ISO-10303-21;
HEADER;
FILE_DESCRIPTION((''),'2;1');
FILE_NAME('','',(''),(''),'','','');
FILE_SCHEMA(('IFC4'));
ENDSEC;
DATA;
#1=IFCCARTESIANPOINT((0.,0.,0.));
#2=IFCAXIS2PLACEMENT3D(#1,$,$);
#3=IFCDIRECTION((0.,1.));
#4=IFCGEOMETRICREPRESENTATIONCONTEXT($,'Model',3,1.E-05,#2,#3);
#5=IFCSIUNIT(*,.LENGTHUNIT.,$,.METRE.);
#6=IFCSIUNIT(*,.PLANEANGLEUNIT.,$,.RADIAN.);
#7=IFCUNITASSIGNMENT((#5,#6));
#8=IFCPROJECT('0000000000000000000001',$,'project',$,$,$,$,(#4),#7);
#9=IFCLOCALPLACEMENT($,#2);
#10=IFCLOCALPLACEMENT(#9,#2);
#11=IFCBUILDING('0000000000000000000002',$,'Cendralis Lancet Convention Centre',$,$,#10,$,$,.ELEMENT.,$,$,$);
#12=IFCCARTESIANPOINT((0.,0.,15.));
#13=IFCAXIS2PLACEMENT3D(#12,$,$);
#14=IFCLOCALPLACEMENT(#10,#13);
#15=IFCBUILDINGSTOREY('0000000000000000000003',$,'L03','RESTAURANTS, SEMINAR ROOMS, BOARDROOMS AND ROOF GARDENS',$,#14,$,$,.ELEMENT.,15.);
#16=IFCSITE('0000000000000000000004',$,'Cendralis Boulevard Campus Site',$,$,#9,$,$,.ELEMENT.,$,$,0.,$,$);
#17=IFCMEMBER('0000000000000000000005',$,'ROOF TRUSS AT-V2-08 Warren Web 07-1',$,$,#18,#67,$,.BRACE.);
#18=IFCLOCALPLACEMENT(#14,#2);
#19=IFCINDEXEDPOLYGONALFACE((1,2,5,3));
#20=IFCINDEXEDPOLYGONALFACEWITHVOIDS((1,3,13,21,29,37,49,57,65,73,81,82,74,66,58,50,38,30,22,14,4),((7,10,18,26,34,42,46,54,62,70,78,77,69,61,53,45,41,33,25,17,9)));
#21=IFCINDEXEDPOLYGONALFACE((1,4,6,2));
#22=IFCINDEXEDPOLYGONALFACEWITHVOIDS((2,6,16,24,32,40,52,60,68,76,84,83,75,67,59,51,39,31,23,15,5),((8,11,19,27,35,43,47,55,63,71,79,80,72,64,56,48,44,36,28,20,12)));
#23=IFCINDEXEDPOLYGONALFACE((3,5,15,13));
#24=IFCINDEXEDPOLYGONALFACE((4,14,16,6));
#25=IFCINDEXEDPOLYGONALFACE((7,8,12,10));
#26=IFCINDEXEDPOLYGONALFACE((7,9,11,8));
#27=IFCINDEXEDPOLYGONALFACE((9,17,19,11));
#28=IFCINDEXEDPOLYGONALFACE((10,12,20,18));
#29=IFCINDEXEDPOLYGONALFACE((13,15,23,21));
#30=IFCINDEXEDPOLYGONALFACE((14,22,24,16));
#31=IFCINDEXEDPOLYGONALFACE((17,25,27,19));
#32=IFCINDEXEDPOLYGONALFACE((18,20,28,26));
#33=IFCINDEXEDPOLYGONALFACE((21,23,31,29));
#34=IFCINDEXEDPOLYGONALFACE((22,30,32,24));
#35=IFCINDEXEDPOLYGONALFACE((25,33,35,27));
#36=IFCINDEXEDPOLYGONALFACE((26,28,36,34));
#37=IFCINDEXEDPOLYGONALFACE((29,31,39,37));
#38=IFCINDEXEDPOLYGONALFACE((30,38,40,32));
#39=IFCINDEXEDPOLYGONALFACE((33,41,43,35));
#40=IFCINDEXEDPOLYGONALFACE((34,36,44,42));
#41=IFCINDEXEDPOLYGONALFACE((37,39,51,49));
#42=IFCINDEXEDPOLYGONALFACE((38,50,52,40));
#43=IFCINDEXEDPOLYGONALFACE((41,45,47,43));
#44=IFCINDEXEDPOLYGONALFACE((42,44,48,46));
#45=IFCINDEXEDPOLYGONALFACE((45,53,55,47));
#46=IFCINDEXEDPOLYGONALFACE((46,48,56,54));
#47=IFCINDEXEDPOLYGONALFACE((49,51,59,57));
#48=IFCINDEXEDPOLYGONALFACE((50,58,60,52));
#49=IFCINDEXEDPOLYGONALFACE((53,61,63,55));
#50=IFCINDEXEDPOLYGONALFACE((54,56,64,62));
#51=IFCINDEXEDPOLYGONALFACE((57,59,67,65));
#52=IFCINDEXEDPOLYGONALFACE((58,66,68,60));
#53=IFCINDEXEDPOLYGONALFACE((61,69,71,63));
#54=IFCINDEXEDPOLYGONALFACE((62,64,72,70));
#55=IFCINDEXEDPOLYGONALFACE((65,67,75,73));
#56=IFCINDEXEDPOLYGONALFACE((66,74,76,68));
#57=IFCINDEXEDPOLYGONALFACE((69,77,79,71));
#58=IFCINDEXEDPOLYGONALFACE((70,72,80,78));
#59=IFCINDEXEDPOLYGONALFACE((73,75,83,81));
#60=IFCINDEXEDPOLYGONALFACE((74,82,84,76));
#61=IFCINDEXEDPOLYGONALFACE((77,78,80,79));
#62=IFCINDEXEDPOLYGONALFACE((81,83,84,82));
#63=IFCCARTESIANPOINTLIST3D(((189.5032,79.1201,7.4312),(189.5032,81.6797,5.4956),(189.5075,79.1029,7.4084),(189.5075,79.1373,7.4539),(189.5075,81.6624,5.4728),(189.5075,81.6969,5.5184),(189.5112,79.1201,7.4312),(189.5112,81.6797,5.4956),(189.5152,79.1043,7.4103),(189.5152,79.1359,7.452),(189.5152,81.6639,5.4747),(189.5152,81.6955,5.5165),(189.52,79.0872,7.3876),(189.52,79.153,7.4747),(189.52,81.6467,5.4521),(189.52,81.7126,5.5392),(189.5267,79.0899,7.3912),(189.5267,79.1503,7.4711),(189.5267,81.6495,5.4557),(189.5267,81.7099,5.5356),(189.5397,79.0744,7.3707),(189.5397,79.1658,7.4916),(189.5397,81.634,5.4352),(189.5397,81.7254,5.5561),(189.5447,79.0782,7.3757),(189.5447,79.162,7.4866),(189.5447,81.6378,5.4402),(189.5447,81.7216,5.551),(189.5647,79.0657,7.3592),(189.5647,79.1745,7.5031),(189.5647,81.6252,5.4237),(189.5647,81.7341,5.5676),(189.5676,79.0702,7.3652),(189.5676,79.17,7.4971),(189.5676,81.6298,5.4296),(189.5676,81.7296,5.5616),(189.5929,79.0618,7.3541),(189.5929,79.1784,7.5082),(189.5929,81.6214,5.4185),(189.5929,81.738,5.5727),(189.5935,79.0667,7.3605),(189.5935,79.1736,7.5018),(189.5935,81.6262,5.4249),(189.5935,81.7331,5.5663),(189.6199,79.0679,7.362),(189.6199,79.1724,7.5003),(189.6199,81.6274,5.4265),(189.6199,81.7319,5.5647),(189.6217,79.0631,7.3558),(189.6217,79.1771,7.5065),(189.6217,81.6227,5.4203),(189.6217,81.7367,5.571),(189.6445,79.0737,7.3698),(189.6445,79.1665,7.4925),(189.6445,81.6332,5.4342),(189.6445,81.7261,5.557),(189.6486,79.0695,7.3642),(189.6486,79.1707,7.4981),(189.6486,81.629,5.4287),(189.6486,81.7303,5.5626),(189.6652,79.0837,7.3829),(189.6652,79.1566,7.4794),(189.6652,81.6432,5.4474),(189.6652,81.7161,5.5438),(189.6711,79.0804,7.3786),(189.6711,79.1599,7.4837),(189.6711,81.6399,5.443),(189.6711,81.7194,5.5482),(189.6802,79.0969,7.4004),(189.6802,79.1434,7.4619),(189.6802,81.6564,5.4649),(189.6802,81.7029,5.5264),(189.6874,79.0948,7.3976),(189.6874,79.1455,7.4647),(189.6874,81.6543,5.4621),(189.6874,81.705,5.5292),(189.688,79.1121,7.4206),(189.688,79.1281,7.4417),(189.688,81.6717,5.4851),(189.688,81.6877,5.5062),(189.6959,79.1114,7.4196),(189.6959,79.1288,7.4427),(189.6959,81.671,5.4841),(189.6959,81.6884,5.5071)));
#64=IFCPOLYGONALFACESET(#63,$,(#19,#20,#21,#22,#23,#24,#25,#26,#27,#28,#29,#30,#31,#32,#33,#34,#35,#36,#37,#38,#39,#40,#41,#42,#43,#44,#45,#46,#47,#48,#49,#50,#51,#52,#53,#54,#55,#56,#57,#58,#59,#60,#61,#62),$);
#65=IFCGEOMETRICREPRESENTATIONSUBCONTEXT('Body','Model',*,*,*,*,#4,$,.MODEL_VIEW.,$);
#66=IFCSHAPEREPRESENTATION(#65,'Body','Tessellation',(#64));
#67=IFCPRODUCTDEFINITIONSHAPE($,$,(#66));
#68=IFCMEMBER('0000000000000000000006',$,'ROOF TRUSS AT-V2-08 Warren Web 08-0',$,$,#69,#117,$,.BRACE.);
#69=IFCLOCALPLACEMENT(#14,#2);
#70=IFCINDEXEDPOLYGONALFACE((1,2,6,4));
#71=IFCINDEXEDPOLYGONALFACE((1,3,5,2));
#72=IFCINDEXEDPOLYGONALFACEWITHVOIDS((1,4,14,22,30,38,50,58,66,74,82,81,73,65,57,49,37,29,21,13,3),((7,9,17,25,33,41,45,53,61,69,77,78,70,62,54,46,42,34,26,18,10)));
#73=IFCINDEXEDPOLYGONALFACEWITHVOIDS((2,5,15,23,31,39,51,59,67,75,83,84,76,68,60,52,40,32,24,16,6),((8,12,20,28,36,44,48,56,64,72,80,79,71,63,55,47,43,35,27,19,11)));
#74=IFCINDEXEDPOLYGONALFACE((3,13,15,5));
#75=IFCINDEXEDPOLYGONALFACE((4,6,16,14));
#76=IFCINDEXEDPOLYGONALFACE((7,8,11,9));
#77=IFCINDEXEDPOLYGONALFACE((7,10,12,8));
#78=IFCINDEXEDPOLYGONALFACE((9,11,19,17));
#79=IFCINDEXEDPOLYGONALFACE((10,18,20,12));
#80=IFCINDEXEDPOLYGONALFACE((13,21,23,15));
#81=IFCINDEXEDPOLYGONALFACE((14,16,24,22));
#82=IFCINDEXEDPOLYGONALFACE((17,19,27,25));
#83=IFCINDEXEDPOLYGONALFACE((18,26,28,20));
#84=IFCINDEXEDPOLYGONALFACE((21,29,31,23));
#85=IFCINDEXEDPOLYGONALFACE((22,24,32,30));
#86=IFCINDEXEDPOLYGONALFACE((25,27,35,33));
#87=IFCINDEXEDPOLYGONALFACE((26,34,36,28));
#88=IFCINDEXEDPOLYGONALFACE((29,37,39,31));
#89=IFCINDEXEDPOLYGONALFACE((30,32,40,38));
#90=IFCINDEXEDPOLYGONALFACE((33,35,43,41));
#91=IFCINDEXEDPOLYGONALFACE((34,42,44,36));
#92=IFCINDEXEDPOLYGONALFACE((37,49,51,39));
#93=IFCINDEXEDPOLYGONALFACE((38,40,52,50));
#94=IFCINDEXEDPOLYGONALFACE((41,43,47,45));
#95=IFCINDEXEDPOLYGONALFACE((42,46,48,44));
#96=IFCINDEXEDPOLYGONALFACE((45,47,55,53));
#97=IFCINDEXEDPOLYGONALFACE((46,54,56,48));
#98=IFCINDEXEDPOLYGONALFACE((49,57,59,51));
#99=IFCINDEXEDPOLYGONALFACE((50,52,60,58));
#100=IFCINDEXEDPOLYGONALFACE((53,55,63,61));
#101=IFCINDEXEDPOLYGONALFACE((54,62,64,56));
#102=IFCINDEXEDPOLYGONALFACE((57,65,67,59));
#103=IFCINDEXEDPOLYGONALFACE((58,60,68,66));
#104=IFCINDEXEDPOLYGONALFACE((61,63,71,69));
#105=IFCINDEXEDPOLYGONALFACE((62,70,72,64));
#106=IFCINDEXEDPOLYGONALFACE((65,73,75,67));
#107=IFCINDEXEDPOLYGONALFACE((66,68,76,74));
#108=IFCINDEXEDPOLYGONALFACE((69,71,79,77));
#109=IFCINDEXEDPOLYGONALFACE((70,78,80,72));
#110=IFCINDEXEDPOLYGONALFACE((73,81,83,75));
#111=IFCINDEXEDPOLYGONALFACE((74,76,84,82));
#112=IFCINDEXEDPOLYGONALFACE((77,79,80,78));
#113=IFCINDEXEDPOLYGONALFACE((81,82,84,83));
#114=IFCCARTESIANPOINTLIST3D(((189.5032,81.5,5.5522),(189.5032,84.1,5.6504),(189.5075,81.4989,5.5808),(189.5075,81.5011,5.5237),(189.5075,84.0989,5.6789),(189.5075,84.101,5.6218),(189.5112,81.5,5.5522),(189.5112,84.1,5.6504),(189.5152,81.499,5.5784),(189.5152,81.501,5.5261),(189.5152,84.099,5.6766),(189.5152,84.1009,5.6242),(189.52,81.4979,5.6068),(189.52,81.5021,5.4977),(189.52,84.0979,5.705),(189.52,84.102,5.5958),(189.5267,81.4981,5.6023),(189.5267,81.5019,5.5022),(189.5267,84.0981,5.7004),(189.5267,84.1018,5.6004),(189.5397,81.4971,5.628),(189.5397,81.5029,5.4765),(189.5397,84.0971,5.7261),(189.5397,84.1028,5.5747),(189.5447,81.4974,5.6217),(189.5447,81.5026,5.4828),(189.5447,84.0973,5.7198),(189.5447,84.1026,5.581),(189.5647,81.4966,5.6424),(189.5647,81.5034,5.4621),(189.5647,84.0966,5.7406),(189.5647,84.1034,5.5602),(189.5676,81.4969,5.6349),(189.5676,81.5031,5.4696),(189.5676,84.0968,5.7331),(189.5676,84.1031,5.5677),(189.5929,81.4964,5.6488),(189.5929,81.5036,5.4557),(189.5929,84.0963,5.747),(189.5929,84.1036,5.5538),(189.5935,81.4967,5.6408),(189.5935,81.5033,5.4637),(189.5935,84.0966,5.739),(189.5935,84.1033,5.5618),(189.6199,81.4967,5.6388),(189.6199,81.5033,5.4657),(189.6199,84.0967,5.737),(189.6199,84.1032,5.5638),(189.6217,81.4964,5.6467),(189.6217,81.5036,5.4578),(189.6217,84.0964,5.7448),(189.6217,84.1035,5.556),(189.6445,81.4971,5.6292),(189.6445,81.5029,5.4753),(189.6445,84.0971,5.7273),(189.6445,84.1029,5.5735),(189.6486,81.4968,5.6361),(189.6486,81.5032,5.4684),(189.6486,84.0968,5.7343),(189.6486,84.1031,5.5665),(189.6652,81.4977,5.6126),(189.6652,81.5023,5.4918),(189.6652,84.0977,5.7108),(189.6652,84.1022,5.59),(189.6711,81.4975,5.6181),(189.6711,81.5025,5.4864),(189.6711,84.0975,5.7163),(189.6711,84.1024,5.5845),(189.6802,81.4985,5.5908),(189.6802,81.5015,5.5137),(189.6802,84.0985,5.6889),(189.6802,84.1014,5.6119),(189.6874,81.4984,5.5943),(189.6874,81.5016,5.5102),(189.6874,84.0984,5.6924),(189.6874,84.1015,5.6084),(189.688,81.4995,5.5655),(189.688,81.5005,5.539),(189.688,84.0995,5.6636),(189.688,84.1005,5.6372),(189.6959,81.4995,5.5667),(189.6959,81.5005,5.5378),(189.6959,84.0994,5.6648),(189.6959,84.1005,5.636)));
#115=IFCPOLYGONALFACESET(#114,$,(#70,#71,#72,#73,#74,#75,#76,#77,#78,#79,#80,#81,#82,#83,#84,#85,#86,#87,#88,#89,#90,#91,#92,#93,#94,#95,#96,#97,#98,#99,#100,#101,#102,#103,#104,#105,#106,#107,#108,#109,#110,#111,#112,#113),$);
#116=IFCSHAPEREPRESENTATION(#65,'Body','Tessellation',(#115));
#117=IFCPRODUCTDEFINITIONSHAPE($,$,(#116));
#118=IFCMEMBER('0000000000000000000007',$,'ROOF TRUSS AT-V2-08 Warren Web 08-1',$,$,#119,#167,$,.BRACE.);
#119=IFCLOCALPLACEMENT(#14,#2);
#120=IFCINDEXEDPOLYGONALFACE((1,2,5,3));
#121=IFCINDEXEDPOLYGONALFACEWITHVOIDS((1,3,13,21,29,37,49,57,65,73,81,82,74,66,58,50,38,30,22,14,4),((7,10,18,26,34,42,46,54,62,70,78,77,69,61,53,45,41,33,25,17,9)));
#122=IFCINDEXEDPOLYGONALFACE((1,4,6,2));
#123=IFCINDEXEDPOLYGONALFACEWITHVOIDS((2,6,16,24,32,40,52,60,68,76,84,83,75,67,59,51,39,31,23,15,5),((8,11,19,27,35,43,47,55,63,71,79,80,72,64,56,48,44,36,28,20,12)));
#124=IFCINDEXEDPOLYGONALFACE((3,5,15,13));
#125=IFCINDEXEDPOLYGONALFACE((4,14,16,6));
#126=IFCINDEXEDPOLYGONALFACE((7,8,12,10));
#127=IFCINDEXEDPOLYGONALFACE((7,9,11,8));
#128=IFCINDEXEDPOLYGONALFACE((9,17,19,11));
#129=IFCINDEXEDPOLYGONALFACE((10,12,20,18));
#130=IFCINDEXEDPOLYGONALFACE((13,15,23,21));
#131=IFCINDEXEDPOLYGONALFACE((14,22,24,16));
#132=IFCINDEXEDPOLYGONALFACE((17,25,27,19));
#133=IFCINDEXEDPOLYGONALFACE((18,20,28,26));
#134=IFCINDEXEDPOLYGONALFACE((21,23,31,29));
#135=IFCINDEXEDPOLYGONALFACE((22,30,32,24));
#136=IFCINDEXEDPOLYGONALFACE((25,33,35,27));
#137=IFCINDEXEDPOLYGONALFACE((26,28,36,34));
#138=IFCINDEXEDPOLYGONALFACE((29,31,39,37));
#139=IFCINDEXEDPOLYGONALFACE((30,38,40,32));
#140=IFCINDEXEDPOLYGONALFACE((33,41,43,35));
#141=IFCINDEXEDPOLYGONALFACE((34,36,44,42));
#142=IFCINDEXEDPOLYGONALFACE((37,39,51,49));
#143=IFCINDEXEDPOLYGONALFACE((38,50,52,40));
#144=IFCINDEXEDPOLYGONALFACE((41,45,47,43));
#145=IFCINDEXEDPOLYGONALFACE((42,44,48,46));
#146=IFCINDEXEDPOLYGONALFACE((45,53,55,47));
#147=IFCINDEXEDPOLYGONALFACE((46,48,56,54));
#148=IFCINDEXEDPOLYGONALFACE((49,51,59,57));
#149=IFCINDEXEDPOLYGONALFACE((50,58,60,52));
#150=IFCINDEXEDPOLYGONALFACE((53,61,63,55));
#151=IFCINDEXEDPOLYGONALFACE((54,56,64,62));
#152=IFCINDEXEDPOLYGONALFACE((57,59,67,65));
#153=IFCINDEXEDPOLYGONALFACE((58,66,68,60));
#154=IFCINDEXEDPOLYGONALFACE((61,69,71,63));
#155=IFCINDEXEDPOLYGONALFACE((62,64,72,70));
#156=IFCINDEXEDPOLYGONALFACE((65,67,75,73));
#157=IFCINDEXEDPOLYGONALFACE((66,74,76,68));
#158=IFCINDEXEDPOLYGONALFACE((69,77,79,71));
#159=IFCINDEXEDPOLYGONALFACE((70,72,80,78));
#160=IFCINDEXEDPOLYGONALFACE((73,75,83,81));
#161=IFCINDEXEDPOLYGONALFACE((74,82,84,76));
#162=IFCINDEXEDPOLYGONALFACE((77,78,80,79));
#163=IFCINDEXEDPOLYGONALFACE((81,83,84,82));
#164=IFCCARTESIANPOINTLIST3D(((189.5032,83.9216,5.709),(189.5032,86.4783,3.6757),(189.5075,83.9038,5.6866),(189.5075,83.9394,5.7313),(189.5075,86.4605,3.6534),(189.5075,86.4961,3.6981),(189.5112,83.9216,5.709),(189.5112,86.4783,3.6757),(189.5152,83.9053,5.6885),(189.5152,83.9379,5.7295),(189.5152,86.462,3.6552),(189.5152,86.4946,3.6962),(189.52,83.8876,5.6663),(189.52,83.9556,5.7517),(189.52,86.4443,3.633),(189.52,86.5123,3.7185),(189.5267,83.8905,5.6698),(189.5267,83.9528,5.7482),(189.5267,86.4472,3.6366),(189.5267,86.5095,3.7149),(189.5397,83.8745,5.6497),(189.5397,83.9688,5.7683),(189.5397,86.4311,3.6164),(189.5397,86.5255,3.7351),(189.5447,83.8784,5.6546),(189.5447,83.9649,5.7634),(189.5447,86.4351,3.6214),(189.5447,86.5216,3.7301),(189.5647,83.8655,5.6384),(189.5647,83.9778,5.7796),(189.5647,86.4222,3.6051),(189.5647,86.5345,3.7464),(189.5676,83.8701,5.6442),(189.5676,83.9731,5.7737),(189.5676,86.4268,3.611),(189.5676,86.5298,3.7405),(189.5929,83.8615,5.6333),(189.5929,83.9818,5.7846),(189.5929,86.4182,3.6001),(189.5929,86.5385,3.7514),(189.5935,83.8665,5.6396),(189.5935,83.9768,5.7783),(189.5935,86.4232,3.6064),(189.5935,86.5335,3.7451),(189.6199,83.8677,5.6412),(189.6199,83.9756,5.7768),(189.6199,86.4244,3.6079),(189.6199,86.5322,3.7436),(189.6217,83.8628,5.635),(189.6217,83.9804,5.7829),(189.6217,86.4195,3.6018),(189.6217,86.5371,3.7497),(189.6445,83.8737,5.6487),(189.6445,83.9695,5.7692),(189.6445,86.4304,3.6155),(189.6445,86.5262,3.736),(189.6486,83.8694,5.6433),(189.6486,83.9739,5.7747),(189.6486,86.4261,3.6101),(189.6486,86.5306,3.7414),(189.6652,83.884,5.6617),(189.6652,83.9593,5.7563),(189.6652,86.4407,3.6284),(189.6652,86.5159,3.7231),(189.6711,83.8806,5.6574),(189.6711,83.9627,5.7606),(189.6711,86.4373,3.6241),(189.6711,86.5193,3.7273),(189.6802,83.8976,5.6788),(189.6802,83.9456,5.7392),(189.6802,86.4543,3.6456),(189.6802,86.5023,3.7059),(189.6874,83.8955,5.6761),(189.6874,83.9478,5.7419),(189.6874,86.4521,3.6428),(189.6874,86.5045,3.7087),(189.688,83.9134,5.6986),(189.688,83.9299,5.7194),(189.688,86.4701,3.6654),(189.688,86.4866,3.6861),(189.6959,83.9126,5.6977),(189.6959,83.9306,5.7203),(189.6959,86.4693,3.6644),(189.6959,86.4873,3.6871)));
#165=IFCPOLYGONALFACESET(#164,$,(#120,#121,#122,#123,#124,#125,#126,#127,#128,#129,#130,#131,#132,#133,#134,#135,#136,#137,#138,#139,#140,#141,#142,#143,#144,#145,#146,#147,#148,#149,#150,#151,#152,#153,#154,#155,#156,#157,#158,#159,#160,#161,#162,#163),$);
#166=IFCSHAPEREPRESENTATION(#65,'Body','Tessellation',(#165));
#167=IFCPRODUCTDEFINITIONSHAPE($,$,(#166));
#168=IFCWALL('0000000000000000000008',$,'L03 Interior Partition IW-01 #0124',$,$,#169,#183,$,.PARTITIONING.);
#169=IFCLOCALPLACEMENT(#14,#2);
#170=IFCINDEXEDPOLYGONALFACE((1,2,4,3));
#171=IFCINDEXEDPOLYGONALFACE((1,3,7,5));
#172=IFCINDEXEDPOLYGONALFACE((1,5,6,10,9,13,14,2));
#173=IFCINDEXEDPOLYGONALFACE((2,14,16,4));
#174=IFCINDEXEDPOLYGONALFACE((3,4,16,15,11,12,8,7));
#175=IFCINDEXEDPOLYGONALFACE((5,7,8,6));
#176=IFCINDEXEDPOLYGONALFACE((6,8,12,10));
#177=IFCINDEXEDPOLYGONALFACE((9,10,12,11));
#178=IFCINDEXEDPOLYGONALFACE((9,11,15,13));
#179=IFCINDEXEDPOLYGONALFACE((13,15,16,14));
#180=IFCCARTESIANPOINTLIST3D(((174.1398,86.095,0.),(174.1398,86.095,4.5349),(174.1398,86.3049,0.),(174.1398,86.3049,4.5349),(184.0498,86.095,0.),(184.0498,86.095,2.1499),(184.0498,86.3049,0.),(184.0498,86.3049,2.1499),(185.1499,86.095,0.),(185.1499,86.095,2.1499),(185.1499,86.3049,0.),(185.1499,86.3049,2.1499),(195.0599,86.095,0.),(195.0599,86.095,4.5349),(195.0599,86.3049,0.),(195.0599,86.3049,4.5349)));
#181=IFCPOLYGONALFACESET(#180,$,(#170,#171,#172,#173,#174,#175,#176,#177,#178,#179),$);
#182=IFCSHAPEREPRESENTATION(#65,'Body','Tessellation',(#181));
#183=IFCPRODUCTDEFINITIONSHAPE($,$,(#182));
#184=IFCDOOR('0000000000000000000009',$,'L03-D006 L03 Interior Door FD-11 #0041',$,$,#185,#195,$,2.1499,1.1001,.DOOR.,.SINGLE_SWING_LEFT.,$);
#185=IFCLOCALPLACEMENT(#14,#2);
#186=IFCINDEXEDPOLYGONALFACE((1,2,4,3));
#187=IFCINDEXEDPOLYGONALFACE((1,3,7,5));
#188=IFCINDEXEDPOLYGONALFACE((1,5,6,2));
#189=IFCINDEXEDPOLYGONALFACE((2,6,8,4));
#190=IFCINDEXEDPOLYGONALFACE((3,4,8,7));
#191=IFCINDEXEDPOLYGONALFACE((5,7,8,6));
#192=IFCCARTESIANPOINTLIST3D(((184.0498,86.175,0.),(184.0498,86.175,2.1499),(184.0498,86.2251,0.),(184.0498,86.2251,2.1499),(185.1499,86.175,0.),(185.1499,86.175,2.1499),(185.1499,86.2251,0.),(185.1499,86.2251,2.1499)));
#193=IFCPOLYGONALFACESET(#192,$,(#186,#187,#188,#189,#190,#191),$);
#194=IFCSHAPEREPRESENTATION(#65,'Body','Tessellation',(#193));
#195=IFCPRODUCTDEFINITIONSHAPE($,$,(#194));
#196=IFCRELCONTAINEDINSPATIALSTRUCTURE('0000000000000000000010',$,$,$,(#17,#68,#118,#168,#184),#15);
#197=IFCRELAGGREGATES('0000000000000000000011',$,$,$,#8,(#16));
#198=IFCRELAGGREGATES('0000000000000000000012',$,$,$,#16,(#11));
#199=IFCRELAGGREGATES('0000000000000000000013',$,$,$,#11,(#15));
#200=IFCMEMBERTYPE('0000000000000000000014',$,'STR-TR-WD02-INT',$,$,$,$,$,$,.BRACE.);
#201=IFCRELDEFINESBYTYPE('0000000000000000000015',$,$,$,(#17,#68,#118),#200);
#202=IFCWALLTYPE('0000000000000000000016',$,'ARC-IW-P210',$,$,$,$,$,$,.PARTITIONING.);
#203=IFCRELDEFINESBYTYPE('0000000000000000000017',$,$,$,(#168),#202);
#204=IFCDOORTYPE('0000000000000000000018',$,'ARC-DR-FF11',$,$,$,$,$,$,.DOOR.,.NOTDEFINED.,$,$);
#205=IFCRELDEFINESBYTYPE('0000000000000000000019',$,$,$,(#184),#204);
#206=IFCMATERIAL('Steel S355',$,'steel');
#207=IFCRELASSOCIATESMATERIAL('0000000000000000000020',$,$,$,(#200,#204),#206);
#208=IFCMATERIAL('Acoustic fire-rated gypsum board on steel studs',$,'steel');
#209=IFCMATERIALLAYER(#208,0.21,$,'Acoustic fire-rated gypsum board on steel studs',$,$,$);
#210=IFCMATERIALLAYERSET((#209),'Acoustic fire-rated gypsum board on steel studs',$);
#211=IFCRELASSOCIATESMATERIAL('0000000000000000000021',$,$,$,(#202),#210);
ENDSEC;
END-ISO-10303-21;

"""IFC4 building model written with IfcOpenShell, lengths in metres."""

from ifc_helpers import new_model, si_unit, direction, frame, frame_2d, origin, origin_2d, place, context, subcontext, project, spatial, rectangle, hollow_circle, extrude, material, layer, layer_set, material_profile, profile_set, type_object, element, fill, save


model = new_model("IFC4")

# Units and contexts
model_context = context("Model", 3, precision=1e-05, world=origin(), true_north=direction((0.0, 1.0)))
body_context = subcontext(model_context, "Body", "Model", "MODEL_VIEW")
ifc_project = project(units=[si_unit("LENGTHUNIT", "METRE"), si_unit("PLANEANGLEUNIT", "RADIAN")], contexts=[model_context])

# Site, building, storey
site_placement = place(None, origin())
site = spatial("IfcSite", under=ifc_project, at=site_placement, Name="Cendralis Boulevard Campus Site", CompositionType="ELEMENT", RefElevation=0.0)
building_placement = place(site_placement, origin())
building = spatial("IfcBuilding", under=site, at=building_placement, Name="Cendralis Lancet Convention Centre", CompositionType="ELEMENT")
storey_placement = place(building_placement, frame((0.0, 0.0, 15.0)))
storey = spatial("IfcBuildingStorey", under=building, at=storey_placement, Name="L03", Description="RESTAURANTS, SEMINAR ROOMS, BOARDROOMS AND ROOF GARDENS", CompositionType="ELEMENT", Elevation=15.0)

# Members
ifc_material_1 = material(Name="Steel S355", Category="steel")
ifc_material_profile_1 = material_profile(ifc_material_1, hollow_circle(Radius=0.0969, WallThickness=0.0081, at=origin_2d()), Name="CHS 193.7x8.0")
ifc_profile_set_1 = profile_set([ifc_material_profile_1], Name="Steel S355")
member_type_1 = type_object("IfcMemberType", Name="STR-TR-WD02-INT", PredefinedType="BRACE", material=ifc_profile_set_1)
member_1_placement = place(storey_placement, frame((189.6001, 79.1201, 7.4312), z_axis=(0.0, 0.79762, -0.60316), x_axis=(-1.0, 0.0, 0.0)))
element("IfcMember", 1, at=member_1_placement, inside=storey, type_object=member_type_1, Name="ROOF TRUSS AT-V2-08 Warren Web 07-1", PredefinedType="BRACE", context=body_context, shape_type="SweptSolid", body=[
    extrude(hollow_circle(Radius=0.0969, WallThickness=0.0081, at=origin_2d()), origin(), (0.0, 0.0, 1.0), 3.209),
])
member_2_placement = place(storey_placement, frame((189.6001, 81.5, 5.5522), z_axis=(0.0, 0.999288, 0.037723), x_axis=(-1.0, 0.0, 0.0)))
element("IfcMember", 2, at=member_2_placement, inside=storey, type_object=member_type_1, Name="ROOF TRUSS AT-V2-08 Warren Web 08-0", PredefinedType="BRACE", context=body_context, shape_type="SweptSolid", body=[
    extrude(hollow_circle(Radius=0.0969, WallThickness=0.0081, at=origin_2d()), origin(), (0.0, 0.0, 1.0), 2.6018),
])
member_3_placement = place(storey_placement, frame((189.6001, 83.9216, 5.709), z_axis=(0.0, 0.782674, -0.622432), x_axis=(-1.0, 0.0, 0.0)))
element("IfcMember", 3, at=member_3_placement, inside=storey, type_object=member_type_1, Name="ROOF TRUSS AT-V2-08 Warren Web 08-1", PredefinedType="BRACE", context=body_context, shape_type="SweptSolid", body=[
    extrude(hollow_circle(Radius=0.0969, WallThickness=0.0081, at=origin_2d()), origin(), (0.0, 0.0, 1.0), 3.2666),
])

# Wall, opening, door
ifc_material_2 = material(Name="Acoustic fire-rated gypsum board on steel studs", Category="steel")
ifc_layer = layer(ifc_material_2, 0.21, Name="Acoustic fire-rated gypsum board on steel studs")
ifc_layer_set = layer_set([ifc_layer], Name="Acoustic fire-rated gypsum board on steel studs")
wall_type = type_object("IfcWallType", Name="ARC-IW-P210", PredefinedType="PARTITIONING", material=ifc_layer_set)
wall_placement = place(storey_placement, frame((174.1399, 86.2, 0.0), z_axis=(0.0, 0.0, 1.0), x_axis=(1.0, 0.0, 0.0)))
wall = element("IfcWall", 4, at=wall_placement, inside=storey, type_object=wall_type, Name="L03 Interior Partition IW-01 #0124", PredefinedType="PARTITIONING", context=body_context, shape_type="SweptSolid", body=[
    extrude(rectangle(XDim=20.9202, YDim=0.21, at=frame_2d((10.46, 0.0))), origin(), (0.0, 0.0, 1.0), 4.5349),
])
opening_placement = place(wall_placement, frame((9.9099, 0.0, 0.0)))
opening = element("IfcOpeningElement", 5, at=opening_placement, cuts=wall, PredefinedType="OPENING", context=body_context, shape_type="SweptSolid", body=[
    extrude(rectangle(XDim=1.1001, YDim=2.1499, at=frame_2d((0.55, 1.075))), frame((0.0, 0.115, 0.0), z_axis=(0.0, -1.0, 0.0), x_axis=(1.0, 0.0, 0.0)), (0.0, 0.0, 1.0), 0.23),
])
door_type = type_object("IfcDoorType", Name="ARC-DR-FF11", OperationType="NOTDEFINED", PredefinedType="DOOR", material=ifc_material_1)
door_placement = place(opening_placement, frame((1.1001, 0.0, 0.0), z_axis=(0.0, 0.0, 1.0), x_axis=(-1.0, 0.0, 0.0)))
door = element("IfcDoor", 6, at=door_placement, inside=storey, type_object=door_type, Name="L03-D006 L03 Interior Door FD-11 #0041", OperationType="SINGLE_SWING_LEFT", OverallHeight=2.1499, OverallWidth=1.1001, PredefinedType="DOOR", context=body_context, shape_type="SweptSolid", body=[
    extrude(rectangle(XDim=1.1001, YDim=2.1499, at=frame_2d((0.55, 1.075))), frame((0.0, 0.0249, 0.0), z_axis=(0.0, -1.0, 0.0), x_axis=(1.0, 0.0, 0.0)), (0.0, 0.0, 1.0), 0.05),
])
fill(opening, door)

save(model, "model.ifc")
